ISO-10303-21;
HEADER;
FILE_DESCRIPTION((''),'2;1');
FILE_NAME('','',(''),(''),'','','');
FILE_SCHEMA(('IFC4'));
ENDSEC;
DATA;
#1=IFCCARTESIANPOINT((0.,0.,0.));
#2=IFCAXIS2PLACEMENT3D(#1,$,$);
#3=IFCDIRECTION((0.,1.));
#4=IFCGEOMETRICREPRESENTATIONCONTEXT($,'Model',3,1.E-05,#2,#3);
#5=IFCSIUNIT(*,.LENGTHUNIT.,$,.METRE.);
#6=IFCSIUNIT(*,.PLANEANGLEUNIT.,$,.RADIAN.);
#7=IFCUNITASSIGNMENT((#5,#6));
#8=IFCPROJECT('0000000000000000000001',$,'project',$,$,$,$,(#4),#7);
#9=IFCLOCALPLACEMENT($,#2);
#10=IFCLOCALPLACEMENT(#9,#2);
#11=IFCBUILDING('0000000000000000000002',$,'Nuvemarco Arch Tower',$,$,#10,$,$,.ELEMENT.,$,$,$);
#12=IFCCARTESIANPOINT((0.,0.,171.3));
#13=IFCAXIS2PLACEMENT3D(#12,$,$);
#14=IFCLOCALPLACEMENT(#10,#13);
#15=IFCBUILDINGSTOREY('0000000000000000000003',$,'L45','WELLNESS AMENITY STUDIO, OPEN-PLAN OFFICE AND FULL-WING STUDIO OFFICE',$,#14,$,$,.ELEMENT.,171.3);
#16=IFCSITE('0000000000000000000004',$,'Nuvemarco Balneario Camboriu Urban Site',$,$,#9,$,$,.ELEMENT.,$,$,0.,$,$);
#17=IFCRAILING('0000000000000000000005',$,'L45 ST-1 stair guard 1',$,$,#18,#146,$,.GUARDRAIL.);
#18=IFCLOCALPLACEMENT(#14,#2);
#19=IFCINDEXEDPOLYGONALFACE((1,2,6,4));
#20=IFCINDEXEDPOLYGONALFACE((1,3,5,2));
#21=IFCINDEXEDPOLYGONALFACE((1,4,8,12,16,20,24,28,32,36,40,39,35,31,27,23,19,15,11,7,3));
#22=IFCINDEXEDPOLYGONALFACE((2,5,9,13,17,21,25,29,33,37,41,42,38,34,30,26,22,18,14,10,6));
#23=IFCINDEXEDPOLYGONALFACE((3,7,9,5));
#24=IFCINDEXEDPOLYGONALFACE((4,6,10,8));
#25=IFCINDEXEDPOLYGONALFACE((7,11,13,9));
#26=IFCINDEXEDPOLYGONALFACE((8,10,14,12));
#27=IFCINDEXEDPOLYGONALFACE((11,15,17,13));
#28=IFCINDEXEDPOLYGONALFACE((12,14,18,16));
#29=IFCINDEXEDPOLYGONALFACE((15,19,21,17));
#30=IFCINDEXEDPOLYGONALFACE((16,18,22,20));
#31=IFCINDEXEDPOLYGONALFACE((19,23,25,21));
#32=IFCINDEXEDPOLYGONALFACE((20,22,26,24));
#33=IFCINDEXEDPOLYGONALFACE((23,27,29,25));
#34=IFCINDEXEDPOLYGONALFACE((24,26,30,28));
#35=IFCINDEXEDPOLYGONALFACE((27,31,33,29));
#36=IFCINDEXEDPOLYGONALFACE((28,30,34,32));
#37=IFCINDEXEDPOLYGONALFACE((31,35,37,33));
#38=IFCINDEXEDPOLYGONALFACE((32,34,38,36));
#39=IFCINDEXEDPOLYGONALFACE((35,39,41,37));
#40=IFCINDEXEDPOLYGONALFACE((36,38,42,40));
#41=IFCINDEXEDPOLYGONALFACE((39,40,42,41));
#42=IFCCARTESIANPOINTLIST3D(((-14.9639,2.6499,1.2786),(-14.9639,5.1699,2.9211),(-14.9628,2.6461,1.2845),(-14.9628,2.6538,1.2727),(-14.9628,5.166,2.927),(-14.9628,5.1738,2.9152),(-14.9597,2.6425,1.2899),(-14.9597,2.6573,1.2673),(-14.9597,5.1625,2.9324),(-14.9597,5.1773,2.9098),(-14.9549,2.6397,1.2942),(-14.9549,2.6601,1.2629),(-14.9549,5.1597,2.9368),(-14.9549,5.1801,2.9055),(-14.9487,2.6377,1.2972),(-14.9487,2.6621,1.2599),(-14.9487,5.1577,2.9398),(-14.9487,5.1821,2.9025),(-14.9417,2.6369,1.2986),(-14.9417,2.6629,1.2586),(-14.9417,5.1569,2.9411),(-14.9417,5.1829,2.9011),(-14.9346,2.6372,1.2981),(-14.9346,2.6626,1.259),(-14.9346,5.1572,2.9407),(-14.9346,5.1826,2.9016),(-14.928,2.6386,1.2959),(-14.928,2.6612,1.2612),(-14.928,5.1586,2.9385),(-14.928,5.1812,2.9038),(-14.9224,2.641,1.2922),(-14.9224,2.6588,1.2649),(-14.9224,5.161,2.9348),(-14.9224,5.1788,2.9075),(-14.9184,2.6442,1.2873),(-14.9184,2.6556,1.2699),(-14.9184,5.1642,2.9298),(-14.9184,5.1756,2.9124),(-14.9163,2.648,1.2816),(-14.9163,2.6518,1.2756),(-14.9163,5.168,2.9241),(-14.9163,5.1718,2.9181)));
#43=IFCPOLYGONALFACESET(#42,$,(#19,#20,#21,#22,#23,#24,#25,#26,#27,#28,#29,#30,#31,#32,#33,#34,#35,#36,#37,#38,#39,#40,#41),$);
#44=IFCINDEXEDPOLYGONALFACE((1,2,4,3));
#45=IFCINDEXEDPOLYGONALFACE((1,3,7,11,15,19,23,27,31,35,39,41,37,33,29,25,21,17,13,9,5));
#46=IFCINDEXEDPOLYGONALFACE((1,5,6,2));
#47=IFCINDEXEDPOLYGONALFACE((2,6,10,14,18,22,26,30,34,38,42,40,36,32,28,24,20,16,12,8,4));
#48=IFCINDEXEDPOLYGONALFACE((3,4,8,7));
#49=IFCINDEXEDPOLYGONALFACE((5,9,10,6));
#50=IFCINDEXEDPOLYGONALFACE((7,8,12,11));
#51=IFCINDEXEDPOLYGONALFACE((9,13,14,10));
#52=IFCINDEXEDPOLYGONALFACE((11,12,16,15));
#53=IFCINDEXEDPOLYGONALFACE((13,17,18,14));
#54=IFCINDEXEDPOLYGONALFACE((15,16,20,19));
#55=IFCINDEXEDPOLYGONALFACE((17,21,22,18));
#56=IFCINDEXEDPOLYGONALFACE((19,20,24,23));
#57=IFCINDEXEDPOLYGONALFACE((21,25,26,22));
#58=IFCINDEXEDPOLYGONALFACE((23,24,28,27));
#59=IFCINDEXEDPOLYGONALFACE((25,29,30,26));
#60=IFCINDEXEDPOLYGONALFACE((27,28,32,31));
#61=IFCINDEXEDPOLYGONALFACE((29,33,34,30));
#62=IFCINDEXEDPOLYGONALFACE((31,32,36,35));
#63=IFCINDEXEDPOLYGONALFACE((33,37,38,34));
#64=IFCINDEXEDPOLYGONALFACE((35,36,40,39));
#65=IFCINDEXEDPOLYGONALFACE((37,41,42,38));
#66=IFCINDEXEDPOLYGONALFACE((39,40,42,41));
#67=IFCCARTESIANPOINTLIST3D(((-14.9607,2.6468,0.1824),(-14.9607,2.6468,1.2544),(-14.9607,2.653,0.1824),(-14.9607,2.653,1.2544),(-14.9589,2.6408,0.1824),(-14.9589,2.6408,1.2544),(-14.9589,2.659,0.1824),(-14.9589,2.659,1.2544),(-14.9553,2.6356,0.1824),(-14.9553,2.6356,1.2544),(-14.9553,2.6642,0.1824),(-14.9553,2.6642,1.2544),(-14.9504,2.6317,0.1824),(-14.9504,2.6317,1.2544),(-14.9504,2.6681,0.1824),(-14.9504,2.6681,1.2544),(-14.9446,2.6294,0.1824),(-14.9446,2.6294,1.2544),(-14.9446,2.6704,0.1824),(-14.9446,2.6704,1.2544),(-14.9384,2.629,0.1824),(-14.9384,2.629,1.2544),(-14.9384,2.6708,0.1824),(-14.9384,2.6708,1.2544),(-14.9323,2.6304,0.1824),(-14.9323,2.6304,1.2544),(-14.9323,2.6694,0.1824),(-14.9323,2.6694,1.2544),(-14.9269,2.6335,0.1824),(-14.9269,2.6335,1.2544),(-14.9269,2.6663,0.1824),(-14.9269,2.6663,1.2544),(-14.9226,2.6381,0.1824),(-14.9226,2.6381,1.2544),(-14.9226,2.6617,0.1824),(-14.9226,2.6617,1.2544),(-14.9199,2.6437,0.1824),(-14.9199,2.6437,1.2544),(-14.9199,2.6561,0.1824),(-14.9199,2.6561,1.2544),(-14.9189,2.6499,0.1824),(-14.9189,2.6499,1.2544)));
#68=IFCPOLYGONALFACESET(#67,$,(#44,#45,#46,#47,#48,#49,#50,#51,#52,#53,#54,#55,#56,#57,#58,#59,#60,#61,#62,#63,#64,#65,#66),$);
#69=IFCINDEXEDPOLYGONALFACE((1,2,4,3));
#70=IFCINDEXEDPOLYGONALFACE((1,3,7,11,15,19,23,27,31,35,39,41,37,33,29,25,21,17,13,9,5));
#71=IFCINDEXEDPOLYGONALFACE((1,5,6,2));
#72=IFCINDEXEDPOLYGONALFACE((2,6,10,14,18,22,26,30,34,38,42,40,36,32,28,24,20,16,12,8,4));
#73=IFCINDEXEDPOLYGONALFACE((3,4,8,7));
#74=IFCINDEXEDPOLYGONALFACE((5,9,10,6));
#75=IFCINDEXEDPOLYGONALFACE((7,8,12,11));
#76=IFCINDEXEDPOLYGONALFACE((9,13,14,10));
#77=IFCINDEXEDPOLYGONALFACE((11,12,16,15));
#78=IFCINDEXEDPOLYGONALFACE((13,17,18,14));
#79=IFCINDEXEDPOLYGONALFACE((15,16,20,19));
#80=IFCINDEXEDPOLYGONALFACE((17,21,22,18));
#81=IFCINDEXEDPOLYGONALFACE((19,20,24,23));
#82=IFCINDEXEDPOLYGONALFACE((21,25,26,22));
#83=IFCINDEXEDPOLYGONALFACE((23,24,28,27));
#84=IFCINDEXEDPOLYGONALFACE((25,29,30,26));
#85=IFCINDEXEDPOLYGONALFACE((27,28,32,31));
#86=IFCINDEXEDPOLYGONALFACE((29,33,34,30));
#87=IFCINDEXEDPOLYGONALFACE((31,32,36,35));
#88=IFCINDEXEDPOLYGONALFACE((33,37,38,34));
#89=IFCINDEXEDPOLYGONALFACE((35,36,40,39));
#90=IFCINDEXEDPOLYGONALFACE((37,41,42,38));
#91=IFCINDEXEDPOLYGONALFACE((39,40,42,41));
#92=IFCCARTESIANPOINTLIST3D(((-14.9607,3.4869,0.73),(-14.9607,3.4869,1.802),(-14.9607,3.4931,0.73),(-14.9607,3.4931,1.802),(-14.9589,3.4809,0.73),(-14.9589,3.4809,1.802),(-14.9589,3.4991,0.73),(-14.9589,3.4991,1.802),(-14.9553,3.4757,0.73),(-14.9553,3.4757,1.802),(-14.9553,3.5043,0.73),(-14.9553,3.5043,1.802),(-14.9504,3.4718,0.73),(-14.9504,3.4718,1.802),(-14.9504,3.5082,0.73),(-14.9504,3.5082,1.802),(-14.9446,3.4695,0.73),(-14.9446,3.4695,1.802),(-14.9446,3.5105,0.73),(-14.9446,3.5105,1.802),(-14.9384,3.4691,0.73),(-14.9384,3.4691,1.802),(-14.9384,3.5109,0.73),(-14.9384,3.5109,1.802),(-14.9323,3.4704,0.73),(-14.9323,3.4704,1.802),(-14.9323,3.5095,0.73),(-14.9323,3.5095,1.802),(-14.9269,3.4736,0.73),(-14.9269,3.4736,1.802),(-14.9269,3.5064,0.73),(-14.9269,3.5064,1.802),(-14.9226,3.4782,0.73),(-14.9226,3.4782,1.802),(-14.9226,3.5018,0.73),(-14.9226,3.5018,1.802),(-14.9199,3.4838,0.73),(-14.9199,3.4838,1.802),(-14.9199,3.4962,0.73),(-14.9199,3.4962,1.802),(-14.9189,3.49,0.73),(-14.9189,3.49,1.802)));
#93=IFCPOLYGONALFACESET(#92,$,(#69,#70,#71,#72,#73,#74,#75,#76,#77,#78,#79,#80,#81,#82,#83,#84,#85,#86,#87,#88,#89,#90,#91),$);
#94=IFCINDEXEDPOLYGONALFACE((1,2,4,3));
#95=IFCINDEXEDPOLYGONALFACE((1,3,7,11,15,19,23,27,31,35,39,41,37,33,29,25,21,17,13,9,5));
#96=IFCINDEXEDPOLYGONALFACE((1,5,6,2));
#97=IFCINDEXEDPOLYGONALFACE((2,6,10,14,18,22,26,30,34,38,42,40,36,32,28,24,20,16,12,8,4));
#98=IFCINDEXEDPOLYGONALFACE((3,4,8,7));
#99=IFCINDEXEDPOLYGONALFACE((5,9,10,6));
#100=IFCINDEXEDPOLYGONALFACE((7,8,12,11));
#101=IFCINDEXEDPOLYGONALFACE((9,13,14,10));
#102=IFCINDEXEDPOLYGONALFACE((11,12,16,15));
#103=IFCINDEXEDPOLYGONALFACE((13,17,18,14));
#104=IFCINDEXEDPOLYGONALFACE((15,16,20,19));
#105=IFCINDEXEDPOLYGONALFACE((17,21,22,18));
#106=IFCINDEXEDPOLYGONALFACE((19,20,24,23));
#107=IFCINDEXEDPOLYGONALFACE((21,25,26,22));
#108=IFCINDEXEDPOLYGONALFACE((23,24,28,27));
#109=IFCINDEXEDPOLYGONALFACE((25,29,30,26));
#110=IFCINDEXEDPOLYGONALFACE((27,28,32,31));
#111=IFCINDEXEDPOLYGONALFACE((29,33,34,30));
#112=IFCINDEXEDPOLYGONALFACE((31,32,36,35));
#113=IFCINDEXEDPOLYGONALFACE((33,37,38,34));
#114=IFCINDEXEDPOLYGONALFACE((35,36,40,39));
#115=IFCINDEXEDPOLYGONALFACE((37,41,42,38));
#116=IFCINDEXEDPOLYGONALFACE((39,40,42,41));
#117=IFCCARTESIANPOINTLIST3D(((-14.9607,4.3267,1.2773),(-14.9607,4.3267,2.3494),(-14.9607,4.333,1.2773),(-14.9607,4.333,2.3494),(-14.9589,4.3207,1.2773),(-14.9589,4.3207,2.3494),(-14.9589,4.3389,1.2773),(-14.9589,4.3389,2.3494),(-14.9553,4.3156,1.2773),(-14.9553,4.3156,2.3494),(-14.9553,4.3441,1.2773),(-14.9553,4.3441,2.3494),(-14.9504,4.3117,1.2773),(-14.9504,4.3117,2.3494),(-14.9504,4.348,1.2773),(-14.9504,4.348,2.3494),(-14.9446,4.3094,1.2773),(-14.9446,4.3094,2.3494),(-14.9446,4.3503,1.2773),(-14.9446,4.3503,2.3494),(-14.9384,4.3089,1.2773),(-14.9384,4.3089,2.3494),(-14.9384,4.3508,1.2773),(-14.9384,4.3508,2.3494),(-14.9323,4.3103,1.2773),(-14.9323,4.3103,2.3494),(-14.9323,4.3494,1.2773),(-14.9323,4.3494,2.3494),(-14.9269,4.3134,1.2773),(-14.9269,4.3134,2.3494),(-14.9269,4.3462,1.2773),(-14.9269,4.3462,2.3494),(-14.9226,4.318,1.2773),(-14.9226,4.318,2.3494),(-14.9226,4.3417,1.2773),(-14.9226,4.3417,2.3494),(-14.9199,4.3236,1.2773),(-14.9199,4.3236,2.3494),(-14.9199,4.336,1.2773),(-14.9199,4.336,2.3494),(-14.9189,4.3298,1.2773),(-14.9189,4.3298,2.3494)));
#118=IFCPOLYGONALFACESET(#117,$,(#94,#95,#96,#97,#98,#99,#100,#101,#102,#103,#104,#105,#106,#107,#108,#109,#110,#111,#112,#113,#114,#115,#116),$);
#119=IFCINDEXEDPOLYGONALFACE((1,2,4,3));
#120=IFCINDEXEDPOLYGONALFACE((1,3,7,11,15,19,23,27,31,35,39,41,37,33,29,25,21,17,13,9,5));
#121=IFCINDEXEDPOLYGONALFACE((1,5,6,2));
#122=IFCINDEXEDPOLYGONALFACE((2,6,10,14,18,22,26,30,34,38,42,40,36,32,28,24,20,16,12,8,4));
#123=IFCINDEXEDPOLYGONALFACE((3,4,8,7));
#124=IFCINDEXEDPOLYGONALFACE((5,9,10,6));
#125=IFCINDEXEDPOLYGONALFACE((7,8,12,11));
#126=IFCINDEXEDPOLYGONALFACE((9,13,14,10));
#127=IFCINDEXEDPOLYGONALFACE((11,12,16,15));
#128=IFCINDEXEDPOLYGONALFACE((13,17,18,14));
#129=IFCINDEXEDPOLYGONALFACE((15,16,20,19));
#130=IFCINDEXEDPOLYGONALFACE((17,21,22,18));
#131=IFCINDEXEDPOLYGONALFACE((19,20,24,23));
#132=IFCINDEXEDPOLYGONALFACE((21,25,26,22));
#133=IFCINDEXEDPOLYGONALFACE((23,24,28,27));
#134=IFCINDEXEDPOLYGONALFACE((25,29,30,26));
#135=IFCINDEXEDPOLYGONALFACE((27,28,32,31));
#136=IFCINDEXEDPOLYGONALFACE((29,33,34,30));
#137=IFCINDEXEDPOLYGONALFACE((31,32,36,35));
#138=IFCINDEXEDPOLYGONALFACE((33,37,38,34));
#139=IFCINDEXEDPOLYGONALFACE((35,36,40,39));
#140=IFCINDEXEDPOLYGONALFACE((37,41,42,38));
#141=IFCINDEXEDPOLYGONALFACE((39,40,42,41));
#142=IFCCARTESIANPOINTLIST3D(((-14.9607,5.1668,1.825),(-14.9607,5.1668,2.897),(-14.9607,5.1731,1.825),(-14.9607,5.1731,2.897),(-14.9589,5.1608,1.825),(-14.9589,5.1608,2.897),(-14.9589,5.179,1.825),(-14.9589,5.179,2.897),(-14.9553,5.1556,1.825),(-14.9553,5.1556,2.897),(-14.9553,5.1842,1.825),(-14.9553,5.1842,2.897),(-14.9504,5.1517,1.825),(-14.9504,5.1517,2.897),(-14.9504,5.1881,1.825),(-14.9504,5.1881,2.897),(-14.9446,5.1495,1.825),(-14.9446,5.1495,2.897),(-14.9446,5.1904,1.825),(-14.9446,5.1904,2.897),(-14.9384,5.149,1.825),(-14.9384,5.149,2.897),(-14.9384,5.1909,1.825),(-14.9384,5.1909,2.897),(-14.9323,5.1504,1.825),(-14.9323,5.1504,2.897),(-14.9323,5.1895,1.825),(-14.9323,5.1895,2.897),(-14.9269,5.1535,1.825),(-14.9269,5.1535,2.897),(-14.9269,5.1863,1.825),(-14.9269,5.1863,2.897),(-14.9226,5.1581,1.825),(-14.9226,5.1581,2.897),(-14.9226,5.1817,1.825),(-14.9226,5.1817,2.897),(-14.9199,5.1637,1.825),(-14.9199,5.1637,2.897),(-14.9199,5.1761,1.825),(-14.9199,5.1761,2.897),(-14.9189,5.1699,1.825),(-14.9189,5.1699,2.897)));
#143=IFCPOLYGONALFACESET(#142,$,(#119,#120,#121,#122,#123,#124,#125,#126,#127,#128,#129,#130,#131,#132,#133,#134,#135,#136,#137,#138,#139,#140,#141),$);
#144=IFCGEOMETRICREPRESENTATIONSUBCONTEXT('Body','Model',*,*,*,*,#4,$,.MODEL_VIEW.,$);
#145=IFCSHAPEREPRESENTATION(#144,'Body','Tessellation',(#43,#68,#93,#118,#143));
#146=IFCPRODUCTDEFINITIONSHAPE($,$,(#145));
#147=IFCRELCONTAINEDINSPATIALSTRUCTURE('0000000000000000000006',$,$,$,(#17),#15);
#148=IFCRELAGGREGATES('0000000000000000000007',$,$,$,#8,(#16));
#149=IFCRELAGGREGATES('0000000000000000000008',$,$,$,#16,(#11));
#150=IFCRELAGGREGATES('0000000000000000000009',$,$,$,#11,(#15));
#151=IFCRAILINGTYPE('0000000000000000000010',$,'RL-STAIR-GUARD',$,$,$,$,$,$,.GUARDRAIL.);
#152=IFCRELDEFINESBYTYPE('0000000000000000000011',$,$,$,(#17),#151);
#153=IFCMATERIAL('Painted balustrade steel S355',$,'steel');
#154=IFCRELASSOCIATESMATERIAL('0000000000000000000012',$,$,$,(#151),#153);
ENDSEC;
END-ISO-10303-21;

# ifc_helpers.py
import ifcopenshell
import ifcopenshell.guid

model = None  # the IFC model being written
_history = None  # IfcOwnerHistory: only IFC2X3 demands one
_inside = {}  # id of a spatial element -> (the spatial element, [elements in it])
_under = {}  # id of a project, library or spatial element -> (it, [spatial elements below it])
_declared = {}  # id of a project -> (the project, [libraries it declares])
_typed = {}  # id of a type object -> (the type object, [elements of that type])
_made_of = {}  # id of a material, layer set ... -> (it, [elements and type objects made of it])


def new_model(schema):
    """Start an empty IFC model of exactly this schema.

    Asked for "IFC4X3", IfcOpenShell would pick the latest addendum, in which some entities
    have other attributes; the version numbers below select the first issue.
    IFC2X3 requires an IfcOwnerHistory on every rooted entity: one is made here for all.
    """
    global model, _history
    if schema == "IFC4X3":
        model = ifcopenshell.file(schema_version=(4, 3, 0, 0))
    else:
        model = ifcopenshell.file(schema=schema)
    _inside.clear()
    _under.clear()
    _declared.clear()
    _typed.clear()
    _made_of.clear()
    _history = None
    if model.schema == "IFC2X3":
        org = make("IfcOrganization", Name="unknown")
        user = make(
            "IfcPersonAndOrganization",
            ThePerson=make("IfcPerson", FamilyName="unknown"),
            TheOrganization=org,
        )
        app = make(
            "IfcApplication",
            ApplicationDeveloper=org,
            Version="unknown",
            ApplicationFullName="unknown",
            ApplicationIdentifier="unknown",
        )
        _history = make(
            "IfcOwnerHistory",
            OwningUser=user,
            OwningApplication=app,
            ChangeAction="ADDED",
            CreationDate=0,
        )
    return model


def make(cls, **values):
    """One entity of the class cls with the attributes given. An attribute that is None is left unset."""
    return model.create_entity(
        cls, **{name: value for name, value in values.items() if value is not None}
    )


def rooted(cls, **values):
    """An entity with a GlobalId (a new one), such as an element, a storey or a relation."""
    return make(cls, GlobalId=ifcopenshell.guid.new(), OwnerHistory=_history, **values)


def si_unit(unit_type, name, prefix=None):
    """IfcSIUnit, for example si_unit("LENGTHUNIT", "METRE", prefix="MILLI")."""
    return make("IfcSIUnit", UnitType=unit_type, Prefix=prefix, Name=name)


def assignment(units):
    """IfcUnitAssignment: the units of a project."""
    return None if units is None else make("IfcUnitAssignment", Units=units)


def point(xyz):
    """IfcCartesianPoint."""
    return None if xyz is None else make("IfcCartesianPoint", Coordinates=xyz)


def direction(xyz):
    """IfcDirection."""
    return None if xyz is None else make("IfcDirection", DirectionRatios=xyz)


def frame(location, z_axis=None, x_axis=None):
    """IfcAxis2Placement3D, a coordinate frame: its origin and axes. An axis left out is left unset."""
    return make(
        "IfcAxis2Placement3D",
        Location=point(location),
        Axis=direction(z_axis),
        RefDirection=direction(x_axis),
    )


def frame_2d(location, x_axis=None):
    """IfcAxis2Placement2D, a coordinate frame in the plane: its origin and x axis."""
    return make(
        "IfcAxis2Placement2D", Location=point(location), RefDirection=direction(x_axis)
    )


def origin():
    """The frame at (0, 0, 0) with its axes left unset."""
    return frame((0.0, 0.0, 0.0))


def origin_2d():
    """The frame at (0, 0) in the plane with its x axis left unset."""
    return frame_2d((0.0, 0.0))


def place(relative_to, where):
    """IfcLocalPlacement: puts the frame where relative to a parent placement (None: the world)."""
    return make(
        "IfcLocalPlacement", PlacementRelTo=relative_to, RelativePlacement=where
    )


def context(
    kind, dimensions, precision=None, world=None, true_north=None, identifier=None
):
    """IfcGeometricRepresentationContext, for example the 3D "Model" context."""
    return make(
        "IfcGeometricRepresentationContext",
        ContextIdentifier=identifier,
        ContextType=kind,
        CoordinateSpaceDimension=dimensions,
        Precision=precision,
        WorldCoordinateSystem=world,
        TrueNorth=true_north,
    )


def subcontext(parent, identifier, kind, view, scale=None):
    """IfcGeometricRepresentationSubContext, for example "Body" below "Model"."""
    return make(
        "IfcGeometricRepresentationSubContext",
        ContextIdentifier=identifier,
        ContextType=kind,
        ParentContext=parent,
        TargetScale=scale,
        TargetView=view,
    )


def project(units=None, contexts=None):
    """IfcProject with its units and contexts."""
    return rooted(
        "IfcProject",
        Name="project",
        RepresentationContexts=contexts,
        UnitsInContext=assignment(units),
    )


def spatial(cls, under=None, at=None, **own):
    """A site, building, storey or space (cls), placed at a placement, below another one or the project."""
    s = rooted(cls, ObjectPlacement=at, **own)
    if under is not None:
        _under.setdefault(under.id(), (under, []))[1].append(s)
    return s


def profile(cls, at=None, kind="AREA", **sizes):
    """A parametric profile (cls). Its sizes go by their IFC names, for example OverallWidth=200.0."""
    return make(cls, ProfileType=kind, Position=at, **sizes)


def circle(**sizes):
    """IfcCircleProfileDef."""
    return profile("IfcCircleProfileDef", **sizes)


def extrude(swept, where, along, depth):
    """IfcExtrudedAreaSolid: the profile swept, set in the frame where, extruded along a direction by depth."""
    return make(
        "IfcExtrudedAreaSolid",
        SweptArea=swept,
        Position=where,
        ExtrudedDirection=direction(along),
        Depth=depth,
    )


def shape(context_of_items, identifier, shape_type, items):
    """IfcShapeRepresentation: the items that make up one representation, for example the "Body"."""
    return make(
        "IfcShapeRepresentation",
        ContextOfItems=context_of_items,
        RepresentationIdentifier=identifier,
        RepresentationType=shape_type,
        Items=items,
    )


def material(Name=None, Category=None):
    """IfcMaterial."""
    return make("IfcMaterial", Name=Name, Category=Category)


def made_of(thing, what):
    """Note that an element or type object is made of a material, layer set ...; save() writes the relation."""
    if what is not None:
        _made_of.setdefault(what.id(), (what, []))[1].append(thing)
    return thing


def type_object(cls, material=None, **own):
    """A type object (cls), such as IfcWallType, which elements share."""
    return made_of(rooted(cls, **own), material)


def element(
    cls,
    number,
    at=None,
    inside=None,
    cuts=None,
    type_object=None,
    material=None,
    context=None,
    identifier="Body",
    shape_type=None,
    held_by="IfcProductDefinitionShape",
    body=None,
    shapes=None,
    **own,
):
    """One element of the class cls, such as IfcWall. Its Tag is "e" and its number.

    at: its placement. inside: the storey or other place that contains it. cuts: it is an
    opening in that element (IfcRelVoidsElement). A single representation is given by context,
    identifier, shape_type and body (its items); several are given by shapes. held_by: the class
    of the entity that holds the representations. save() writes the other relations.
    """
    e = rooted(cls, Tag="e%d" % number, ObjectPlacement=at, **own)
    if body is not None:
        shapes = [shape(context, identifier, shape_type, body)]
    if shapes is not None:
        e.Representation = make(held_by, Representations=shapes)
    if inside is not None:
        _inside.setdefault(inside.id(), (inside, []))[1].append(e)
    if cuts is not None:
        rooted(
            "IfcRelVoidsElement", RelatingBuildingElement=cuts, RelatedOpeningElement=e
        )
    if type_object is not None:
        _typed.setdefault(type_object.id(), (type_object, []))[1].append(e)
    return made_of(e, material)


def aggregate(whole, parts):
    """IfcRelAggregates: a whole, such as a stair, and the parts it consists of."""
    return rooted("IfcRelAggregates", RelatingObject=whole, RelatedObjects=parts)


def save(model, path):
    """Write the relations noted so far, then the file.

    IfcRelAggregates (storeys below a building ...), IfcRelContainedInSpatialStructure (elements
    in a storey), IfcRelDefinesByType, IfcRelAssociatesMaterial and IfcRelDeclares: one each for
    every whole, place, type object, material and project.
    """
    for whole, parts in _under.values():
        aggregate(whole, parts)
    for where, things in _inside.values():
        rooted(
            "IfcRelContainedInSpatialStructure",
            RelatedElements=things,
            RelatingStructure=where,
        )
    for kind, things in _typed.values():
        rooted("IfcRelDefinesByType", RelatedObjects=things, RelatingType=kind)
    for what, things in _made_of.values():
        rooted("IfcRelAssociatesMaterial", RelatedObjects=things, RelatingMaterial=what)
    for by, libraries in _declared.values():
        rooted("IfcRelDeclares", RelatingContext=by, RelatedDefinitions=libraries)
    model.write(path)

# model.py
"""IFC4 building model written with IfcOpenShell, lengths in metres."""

from ifc_helpers import new_model, si_unit, direction, frame, origin, origin_2d, place, context, subcontext, project, spatial, circle, extrude, material, type_object, element, save


model = new_model("IFC4")

# Units and contexts
model_context = context("Model", 3, precision=1e-05, world=origin(), true_north=direction((0.0, 1.0)))
body_context = subcontext(model_context, "Body", "Model", "MODEL_VIEW")
ifc_project = project(units=[si_unit("LENGTHUNIT", "METRE"), si_unit("PLANEANGLEUNIT", "RADIAN")], contexts=[model_context])

# Site, building, storey
site_placement = place(None, origin())
site = spatial("IfcSite", under=ifc_project, at=site_placement, Name="Nuvemarco Balneario Camboriu Urban Site", CompositionType="ELEMENT", RefElevation=0.0)
building_placement = place(site_placement, origin())
building = spatial("IfcBuilding", under=site, at=building_placement, Name="Nuvemarco Arch Tower", CompositionType="ELEMENT")
storey_placement = place(building_placement, frame((0.0, 0.0, 171.3)))
storey = spatial("IfcBuildingStorey", under=building, at=storey_placement, Name="L45", Description="WELLNESS AMENITY STUDIO, OPEN-PLAN OFFICE AND FULL-WING STUDIO OFFICE", CompositionType="ELEMENT", Elevation=171.3)

# Railing
ifc_material_1 = material(Name="Painted balustrade steel S355", Category="steel")
railing_type_1 = type_object("IfcRailingType", Name="RL-STAIR-GUARD", PredefinedType="GUARDRAIL", material=ifc_material_1)
railing_1_placement = place(storey_placement, frame((-14.9399, 2.6499, 0.1824)))
element("IfcRailing", 1, at=railing_1_placement, inside=storey, type_object=railing_type_1, Name="L45 ST-1 stair guard 1", PredefinedType="GUARDRAIL", context=body_context, shape_type="SweptSolid", body=[
    extrude(circle(Radius=0.0239, at=origin_2d()), frame((0.0, 0.0, 1.0962), z_axis=(0.0, 0.837749, 0.546055), x_axis=(-1.0, 0.0, 0.0)), (0.0, 0.0, 1.0), 3.0081),
    extrude(circle(Radius=0.021, at=origin_2d()), origin(), (0.0, 0.0, 1.0), 1.072),
    extrude(circle(Radius=0.021, at=origin_2d()), frame((0.0, 0.8401, 0.5476)), (0.0, 0.0, 1.0), 1.072),
    extrude(circle(Radius=0.021, at=origin_2d()), frame((0.0, 1.6799, 1.095)), (0.0, 0.0, 1.0), 1.072),
    extrude(circle(Radius=0.021, at=origin_2d()), frame((0.0, 2.52, 1.6426)), (0.0, 0.0, 1.0), 1.072),
])

save(model, "model.ifc")
